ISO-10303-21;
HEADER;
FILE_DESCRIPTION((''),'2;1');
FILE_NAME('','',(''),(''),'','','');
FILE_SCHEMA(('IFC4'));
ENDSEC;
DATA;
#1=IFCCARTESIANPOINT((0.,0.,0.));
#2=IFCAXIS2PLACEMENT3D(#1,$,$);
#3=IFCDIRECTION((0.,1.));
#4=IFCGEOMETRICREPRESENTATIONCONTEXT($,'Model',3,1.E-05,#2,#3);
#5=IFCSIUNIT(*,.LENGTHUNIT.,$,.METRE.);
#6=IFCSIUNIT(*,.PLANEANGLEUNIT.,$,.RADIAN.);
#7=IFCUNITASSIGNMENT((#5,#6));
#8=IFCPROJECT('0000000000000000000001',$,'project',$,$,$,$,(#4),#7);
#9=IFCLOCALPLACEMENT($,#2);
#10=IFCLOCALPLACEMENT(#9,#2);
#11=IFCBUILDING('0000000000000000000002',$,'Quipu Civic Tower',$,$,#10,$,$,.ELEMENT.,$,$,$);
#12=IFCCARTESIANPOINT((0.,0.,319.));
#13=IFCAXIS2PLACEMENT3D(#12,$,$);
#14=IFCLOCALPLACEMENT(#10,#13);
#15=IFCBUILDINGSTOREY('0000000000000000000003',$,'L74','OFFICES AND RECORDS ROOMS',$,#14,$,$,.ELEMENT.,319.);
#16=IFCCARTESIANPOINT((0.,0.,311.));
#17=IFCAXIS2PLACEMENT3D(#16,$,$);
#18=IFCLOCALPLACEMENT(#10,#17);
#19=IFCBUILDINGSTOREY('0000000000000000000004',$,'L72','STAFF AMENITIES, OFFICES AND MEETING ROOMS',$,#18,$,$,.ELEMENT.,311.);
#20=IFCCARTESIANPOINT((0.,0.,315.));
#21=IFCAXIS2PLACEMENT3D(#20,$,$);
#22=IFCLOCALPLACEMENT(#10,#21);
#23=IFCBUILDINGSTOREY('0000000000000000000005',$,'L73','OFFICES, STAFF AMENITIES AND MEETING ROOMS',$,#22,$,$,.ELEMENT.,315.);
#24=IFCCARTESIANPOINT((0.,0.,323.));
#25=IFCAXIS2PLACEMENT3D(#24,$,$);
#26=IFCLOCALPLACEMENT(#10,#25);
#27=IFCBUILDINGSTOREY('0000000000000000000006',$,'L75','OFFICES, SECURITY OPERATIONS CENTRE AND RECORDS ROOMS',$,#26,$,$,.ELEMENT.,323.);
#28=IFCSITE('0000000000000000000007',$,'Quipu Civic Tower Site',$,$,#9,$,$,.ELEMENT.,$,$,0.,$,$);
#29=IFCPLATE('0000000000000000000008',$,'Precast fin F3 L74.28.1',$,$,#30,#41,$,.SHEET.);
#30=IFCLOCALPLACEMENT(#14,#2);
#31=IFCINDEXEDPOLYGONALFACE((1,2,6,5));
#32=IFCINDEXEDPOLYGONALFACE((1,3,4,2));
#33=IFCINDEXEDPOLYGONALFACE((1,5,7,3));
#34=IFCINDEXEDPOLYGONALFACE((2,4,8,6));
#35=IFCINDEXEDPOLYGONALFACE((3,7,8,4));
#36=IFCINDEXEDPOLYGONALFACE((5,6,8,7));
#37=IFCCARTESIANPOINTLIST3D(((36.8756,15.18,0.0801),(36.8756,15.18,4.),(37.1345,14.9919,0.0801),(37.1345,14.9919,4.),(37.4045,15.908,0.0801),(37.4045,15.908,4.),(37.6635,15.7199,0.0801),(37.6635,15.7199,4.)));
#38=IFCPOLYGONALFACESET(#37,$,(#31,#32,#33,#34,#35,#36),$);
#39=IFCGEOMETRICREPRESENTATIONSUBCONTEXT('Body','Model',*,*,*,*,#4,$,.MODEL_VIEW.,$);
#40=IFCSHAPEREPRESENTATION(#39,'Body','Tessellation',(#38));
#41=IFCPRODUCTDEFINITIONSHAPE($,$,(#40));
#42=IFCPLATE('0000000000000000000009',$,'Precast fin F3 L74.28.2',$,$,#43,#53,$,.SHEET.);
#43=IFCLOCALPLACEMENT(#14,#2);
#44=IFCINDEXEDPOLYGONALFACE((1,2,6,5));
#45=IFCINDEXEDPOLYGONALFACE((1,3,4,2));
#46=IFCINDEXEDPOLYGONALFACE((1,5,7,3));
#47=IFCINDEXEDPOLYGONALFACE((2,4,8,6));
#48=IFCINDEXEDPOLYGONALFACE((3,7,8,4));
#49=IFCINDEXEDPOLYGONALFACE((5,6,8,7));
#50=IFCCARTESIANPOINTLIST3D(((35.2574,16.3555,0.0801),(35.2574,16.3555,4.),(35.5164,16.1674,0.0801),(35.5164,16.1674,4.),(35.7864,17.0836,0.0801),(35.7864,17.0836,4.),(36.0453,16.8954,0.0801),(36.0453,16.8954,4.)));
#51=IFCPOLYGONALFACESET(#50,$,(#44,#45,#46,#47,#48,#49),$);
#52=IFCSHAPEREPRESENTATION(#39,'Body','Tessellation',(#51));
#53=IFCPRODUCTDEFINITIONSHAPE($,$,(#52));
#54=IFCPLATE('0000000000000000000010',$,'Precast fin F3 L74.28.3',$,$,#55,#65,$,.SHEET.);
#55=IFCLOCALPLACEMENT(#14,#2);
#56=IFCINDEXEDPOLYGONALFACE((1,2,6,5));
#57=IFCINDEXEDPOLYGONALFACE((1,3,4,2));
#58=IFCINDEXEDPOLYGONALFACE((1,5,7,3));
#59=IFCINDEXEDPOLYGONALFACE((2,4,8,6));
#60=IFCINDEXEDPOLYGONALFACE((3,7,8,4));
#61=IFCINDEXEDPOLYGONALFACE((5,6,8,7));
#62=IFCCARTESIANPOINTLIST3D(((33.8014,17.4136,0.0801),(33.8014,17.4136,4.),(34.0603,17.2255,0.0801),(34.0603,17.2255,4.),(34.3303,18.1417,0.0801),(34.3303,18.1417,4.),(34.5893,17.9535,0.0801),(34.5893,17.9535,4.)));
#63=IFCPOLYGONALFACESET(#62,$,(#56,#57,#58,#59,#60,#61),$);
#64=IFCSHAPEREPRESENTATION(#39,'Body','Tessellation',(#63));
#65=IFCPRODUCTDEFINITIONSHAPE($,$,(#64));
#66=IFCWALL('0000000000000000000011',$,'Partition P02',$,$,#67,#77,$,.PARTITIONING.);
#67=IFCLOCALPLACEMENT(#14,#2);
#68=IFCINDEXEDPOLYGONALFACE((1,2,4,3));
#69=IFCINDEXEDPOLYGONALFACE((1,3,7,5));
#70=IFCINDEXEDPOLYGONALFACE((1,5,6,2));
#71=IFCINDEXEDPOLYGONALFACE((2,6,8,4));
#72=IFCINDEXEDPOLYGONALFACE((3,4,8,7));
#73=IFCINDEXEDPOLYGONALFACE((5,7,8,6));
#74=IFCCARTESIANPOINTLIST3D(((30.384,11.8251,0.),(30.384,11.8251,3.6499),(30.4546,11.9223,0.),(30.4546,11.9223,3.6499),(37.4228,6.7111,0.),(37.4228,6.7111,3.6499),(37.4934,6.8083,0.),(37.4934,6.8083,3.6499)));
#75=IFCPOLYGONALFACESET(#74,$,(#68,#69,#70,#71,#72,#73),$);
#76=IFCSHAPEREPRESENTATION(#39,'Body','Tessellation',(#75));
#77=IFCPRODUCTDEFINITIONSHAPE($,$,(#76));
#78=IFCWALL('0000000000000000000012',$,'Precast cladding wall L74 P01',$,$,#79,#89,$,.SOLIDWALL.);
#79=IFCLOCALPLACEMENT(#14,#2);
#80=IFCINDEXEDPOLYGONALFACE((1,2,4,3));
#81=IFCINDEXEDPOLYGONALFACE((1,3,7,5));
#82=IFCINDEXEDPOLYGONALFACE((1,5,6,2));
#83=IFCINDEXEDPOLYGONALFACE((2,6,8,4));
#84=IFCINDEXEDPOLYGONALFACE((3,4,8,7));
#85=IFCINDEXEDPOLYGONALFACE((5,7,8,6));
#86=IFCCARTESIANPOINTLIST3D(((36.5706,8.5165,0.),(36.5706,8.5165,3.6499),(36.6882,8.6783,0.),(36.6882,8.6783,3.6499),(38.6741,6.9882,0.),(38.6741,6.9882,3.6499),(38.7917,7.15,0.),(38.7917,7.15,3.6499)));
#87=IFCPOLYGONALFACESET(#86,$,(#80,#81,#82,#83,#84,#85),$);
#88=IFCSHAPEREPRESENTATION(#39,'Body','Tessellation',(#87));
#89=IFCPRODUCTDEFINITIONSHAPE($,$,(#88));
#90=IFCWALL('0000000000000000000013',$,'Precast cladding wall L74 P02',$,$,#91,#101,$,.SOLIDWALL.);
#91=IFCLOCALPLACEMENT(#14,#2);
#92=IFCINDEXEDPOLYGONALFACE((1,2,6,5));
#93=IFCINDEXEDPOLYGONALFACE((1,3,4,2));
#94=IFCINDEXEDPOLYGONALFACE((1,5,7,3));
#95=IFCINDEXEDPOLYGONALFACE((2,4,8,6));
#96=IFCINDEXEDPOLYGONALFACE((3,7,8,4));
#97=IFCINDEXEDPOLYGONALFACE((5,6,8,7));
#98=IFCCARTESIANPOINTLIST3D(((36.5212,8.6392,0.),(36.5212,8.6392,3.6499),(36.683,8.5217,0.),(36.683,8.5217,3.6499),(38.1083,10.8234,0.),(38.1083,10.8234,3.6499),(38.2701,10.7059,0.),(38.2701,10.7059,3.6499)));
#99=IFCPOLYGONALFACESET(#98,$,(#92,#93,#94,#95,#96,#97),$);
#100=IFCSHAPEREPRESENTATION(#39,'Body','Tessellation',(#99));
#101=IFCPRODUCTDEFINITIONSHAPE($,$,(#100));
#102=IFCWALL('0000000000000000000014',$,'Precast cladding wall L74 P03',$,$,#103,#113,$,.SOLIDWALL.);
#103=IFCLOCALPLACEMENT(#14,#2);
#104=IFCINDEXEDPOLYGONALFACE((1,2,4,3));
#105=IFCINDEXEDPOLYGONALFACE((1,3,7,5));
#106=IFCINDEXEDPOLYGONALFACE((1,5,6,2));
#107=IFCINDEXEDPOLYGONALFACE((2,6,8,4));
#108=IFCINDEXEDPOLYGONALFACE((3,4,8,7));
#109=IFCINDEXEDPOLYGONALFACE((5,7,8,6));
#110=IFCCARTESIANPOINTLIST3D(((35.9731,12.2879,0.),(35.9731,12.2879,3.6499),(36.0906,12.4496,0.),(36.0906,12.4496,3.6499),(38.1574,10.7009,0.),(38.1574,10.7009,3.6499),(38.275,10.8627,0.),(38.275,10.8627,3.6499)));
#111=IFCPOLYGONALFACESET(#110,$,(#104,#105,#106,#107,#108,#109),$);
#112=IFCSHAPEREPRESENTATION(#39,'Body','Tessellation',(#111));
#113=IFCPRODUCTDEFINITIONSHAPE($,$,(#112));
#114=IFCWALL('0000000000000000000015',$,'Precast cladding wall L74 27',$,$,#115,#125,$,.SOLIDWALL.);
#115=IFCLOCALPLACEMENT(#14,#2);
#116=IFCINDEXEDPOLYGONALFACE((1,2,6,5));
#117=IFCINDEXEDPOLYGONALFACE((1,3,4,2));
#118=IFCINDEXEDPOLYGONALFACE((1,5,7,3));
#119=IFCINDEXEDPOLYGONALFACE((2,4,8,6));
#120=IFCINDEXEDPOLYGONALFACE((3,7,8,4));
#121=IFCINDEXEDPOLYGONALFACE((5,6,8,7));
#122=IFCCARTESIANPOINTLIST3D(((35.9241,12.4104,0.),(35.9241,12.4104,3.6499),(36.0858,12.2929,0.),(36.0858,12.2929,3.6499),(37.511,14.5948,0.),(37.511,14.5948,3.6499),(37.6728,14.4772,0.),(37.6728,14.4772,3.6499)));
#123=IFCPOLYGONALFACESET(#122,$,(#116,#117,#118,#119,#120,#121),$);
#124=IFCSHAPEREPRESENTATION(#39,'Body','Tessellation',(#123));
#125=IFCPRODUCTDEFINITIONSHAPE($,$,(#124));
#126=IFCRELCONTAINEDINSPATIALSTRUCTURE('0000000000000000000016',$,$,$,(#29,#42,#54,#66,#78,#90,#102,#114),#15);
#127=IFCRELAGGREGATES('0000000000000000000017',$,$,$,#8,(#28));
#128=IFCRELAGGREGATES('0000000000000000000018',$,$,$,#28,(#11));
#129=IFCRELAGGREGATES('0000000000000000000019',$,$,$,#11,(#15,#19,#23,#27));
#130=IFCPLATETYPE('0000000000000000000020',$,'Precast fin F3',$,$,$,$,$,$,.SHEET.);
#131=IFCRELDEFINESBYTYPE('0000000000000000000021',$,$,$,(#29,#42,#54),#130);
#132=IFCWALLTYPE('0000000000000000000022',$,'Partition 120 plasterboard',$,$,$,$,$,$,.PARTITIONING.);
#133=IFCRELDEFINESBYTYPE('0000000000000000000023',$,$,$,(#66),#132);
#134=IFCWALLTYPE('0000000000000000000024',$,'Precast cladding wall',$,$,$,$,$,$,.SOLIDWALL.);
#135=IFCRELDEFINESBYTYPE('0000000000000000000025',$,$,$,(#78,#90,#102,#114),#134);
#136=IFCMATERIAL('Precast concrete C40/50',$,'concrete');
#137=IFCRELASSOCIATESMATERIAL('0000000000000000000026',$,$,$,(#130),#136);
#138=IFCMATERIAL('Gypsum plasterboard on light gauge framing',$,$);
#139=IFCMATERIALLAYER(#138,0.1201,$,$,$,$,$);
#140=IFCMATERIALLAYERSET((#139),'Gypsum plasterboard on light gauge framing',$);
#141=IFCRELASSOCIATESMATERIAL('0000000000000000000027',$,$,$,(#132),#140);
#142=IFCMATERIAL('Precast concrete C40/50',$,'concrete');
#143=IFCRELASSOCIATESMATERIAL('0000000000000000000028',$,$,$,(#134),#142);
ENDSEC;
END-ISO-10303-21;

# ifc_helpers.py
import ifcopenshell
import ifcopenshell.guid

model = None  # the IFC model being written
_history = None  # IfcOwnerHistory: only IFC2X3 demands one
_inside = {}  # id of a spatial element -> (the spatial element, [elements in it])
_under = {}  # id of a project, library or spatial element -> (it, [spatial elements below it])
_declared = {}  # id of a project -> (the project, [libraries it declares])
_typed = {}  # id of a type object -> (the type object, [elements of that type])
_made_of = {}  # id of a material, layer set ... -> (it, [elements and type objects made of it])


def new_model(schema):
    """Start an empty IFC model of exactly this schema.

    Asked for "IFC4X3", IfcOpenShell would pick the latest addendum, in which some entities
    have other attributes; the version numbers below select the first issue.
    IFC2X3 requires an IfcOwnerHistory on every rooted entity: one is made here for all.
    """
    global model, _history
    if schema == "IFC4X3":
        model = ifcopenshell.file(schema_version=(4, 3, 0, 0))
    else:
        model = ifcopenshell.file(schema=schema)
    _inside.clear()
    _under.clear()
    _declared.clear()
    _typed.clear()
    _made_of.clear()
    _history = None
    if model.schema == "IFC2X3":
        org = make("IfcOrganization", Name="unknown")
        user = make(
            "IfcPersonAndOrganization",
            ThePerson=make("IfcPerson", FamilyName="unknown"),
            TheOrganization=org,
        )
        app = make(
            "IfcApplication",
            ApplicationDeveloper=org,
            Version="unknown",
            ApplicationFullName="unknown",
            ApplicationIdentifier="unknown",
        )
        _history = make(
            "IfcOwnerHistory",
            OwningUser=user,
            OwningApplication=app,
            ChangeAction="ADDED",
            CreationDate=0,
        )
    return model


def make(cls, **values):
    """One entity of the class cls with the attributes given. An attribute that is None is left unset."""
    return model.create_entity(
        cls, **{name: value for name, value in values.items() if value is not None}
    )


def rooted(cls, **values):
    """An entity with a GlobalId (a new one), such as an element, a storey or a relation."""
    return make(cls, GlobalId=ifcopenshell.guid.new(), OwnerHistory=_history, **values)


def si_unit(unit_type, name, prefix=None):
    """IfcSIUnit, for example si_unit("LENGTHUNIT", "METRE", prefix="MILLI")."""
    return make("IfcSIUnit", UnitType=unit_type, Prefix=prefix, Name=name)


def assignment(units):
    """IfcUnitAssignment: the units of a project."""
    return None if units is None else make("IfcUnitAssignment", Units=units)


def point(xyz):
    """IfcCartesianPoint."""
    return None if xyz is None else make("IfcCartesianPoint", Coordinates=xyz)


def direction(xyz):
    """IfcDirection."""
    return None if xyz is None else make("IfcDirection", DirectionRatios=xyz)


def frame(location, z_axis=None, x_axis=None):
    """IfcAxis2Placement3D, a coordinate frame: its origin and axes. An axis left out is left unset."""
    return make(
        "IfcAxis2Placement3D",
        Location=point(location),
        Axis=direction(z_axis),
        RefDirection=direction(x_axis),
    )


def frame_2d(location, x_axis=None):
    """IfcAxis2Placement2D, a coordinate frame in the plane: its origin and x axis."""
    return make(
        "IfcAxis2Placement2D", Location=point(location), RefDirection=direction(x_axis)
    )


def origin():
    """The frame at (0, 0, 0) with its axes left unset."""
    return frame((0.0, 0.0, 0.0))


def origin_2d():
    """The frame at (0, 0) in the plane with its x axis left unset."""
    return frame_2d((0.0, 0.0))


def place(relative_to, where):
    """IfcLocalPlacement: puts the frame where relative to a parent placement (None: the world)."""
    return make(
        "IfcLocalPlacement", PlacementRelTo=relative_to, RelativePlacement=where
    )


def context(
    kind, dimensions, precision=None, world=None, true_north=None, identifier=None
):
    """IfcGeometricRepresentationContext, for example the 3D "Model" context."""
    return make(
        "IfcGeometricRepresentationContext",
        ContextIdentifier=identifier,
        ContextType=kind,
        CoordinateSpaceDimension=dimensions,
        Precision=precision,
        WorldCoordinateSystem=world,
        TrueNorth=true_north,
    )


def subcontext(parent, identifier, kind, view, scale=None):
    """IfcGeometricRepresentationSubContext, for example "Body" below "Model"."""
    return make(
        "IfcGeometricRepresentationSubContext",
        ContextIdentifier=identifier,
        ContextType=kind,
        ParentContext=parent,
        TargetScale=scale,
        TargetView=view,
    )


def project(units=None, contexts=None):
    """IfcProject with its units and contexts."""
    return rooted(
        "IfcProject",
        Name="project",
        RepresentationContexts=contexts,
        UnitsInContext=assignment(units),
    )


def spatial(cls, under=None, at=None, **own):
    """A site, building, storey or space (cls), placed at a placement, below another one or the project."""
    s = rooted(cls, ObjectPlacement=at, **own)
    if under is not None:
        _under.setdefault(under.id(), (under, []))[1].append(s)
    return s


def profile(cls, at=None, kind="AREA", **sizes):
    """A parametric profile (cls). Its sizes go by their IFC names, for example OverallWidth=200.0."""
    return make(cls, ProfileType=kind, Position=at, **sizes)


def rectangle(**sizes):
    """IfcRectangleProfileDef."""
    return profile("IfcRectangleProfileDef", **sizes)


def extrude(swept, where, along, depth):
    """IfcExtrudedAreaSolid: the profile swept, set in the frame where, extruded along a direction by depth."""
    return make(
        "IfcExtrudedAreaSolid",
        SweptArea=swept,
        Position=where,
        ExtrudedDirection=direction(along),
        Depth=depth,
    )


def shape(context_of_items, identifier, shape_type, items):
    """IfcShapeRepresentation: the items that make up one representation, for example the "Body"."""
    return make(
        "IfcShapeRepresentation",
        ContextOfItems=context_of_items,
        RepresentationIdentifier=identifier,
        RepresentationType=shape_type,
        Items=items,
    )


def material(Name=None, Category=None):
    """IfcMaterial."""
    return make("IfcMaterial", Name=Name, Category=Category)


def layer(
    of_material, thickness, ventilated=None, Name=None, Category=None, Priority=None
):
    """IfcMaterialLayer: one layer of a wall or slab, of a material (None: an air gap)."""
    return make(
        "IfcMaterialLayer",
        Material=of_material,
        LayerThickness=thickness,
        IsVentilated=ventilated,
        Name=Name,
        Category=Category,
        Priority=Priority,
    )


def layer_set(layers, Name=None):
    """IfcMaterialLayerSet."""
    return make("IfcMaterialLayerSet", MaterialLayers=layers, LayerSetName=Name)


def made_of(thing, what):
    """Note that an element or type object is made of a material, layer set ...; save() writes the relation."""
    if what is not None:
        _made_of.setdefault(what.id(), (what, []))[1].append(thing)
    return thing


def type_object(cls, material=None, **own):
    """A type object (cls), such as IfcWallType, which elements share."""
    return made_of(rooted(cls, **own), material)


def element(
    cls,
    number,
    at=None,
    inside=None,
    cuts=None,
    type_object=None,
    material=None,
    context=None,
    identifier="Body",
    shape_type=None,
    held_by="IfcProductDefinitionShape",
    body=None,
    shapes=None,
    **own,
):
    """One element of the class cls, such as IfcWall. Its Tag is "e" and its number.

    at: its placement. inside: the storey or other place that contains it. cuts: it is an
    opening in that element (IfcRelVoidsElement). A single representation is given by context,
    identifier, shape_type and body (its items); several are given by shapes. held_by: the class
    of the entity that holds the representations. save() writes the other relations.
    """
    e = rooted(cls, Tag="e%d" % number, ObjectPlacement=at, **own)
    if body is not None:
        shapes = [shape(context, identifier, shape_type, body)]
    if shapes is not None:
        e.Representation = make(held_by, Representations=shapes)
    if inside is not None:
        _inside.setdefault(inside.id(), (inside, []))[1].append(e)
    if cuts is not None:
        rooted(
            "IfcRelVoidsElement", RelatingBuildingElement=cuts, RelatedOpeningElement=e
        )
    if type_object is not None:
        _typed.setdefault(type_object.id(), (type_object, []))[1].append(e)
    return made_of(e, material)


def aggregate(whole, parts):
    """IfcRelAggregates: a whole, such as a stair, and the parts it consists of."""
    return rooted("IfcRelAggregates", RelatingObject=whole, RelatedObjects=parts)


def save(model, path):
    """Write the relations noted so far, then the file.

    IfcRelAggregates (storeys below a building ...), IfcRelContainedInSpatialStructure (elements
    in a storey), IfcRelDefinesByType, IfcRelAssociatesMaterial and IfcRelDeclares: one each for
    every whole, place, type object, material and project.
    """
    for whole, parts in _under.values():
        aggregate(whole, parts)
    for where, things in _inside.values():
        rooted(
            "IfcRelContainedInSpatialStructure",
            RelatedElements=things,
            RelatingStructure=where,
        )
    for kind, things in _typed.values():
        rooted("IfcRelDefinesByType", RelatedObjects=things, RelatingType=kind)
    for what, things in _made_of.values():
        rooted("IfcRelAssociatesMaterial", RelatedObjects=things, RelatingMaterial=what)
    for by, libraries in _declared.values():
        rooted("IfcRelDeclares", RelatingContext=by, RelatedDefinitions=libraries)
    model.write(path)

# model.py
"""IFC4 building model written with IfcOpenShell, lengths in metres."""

from ifc_helpers import new_model, si_unit, direction, frame, frame_2d, origin, origin_2d, place, context, subcontext, project, spatial, rectangle, extrude, material, layer, layer_set, type_object, element, save


model = new_model("IFC4")

# Units and contexts
model_context = context("Model", 3, precision=1e-05, world=origin(), true_north=direction((0.0, 1.0)))
body_context = subcontext(model_context, "Body", "Model", "MODEL_VIEW")
ifc_project = project(units=[si_unit("LENGTHUNIT", "METRE"), si_unit("PLANEANGLEUNIT", "RADIAN")], contexts=[model_context])

# Site, building, storey
site_placement = place(None, origin())
site = spatial("IfcSite", under=ifc_project, at=site_placement, Name="Quipu Civic Tower Site", CompositionType="ELEMENT", RefElevation=0.0)
building_placement = place(site_placement, origin())
building = spatial("IfcBuilding", under=site, at=building_placement, Name="Quipu Civic Tower", CompositionType="ELEMENT")
storey_1_placement = place(building_placement, frame((0.0, 0.0, 319.0)))
storey_1 = spatial("IfcBuildingStorey", under=building, at=storey_1_placement, Name="L74", Description="OFFICES AND RECORDS ROOMS", CompositionType="ELEMENT", Elevation=319.0)

# Shared definitions
storey_2_placement = place(building_placement, frame((0.0, 0.0, 311.0)))
storey_2 = spatial("IfcBuildingStorey", under=building, at=storey_2_placement, Name="L72", Description="STAFF AMENITIES, OFFICES AND MEETING ROOMS", CompositionType="ELEMENT", Elevation=311.0)

# Shared definitions
storey_3_placement = place(building_placement, frame((0.0, 0.0, 315.0)))
storey_3 = spatial("IfcBuildingStorey", under=building, at=storey_3_placement, Name="L73", Description="OFFICES, STAFF AMENITIES AND MEETING ROOMS", CompositionType="ELEMENT", Elevation=315.0)

# Shared definitions
storey_4_placement = place(building_placement, frame((0.0, 0.0, 323.0)))
storey_4 = spatial("IfcBuildingStorey", under=building, at=storey_4_placement, Name="L75", Description="OFFICES, SECURITY OPERATIONS CENTRE AND RECORDS ROOMS", CompositionType="ELEMENT", Elevation=323.0)

# Plates
ifc_material_1 = material(Name="Precast concrete C40/50", Category="concrete")
plate_type = type_object("IfcPlateType", Name="Precast fin F3", PredefinedType="SHEET", material=ifc_material_1)
for number, where, z_axis, x_axis, name in (
    (1, (37.2695, 15.45, 0.0801), (0.0, 0.0, 1.0), (-0.809017, 0.587785, 0.0), "Precast fin F3 L74.28.1"),
    (2, (35.6514, 16.6255, 0.0801), (0.0, 0.0, 1.0), (-0.809017, 0.587785, 0.0), "Precast fin F3 L74.28.2"),
    (3, (34.1953, 17.6836, 0.0801), (0.0, 0.0, 1.0), (-0.809017, 0.587785, 0.0), "Precast fin F3 L74.28.3"),
):
    element("IfcPlate", number, at=place(storey_1_placement, frame(where, z_axis=z_axis, x_axis=x_axis)), inside=storey_1, type_object=plate_type, Name=name, PredefinedType="SHEET", context=body_context, shape_type="SweptSolid", body=[
        extrude(rectangle(XDim=0.3201, YDim=0.8999, at=origin_2d()), origin(), (0.0, 0.0, 1.0), 3.9199),
    ])

# Walls
ifc_material_2 = material(Name="Gypsum plasterboard on light gauge framing")
ifc_layer = layer(ifc_material_2, 0.1201)
ifc_layer_set = layer_set([ifc_layer], Name="Gypsum plasterboard on light gauge framing")
wall_type_1 = type_object("IfcWallType", Name="Partition 120 plasterboard", PredefinedType="PARTITIONING", material=ifc_layer_set)
wall_1_placement = place(storey_1_placement, frame((37.458, 6.7598, 0.0), z_axis=(0.0, 0.0, 1.0), x_axis=(-0.809016, 0.587786, 0.0)))
element("IfcWall", 4, at=wall_1_placement, inside=storey_1, type_object=wall_type_1, Name="Partition P02", PredefinedType="PARTITIONING", context=body_context, shape_type="SweptSolid", body=[
    extrude(rectangle(XDim=8.7004, YDim=0.1201, at=frame_2d((4.3501, 0.0))), origin(), (0.0, 0.0, 1.0), 3.6499),
])
ifc_material_3 = material(Name="Precast concrete C40/50", Category="concrete")
wall_type_2 = type_object("IfcWallType", Name="Precast cladding wall", PredefinedType="SOLIDWALL", material=ifc_material_3)
wall_2_placement = place(storey_1_placement, frame((38.7329, 7.0691, 0.0), z_axis=(0.0, 0.0, 1.0), x_axis=(-0.809012, 0.587792, 0.0)))
element("IfcWall", 5, at=wall_2_placement, inside=storey_1, type_object=wall_type_2, Name="Precast cladding wall L74 P01", PredefinedType="SOLIDWALL", context=body_context, shape_type="SweptSolid", body=[
    extrude(rectangle(XDim=2.6001, YDim=0.2, at=frame_2d((1.3, 0.0))), origin(), (0.0, 0.0, 1.0), 3.6499),
])
for number, where, z_axis, x_axis, name in (
    (6, (36.6021, 8.5803, 0.0), (0.0, 0.0, 1.0), (0.587822, 0.80899, 0.0), "Precast cladding wall L74 P02"),
    (7, (38.2163, 10.7817, 0.0), (0.0, 0.0, 1.0), (-0.809033, 0.587763, 0.0), "Precast cladding wall L74 P03"),
    (8, (36.0049, 12.3516, 0.0), (0.0, 0.0, 1.0), (0.587763, 0.809033, 0.0), "Precast cladding wall L74 27"),
):
    element("IfcWall", number, at=place(storey_1_placement, frame(where, z_axis=z_axis, x_axis=x_axis)), inside=storey_1, type_object=wall_type_2, Name=name, PredefinedType="SOLIDWALL", context=body_context, shape_type="SweptSolid", body=[
        extrude(rectangle(XDim=2.7, YDim=0.2, at=frame_2d((1.3501, 0.0))), origin(), (0.0, 0.0, 1.0), 3.6499),
    ])

save(model, "model.ifc")
